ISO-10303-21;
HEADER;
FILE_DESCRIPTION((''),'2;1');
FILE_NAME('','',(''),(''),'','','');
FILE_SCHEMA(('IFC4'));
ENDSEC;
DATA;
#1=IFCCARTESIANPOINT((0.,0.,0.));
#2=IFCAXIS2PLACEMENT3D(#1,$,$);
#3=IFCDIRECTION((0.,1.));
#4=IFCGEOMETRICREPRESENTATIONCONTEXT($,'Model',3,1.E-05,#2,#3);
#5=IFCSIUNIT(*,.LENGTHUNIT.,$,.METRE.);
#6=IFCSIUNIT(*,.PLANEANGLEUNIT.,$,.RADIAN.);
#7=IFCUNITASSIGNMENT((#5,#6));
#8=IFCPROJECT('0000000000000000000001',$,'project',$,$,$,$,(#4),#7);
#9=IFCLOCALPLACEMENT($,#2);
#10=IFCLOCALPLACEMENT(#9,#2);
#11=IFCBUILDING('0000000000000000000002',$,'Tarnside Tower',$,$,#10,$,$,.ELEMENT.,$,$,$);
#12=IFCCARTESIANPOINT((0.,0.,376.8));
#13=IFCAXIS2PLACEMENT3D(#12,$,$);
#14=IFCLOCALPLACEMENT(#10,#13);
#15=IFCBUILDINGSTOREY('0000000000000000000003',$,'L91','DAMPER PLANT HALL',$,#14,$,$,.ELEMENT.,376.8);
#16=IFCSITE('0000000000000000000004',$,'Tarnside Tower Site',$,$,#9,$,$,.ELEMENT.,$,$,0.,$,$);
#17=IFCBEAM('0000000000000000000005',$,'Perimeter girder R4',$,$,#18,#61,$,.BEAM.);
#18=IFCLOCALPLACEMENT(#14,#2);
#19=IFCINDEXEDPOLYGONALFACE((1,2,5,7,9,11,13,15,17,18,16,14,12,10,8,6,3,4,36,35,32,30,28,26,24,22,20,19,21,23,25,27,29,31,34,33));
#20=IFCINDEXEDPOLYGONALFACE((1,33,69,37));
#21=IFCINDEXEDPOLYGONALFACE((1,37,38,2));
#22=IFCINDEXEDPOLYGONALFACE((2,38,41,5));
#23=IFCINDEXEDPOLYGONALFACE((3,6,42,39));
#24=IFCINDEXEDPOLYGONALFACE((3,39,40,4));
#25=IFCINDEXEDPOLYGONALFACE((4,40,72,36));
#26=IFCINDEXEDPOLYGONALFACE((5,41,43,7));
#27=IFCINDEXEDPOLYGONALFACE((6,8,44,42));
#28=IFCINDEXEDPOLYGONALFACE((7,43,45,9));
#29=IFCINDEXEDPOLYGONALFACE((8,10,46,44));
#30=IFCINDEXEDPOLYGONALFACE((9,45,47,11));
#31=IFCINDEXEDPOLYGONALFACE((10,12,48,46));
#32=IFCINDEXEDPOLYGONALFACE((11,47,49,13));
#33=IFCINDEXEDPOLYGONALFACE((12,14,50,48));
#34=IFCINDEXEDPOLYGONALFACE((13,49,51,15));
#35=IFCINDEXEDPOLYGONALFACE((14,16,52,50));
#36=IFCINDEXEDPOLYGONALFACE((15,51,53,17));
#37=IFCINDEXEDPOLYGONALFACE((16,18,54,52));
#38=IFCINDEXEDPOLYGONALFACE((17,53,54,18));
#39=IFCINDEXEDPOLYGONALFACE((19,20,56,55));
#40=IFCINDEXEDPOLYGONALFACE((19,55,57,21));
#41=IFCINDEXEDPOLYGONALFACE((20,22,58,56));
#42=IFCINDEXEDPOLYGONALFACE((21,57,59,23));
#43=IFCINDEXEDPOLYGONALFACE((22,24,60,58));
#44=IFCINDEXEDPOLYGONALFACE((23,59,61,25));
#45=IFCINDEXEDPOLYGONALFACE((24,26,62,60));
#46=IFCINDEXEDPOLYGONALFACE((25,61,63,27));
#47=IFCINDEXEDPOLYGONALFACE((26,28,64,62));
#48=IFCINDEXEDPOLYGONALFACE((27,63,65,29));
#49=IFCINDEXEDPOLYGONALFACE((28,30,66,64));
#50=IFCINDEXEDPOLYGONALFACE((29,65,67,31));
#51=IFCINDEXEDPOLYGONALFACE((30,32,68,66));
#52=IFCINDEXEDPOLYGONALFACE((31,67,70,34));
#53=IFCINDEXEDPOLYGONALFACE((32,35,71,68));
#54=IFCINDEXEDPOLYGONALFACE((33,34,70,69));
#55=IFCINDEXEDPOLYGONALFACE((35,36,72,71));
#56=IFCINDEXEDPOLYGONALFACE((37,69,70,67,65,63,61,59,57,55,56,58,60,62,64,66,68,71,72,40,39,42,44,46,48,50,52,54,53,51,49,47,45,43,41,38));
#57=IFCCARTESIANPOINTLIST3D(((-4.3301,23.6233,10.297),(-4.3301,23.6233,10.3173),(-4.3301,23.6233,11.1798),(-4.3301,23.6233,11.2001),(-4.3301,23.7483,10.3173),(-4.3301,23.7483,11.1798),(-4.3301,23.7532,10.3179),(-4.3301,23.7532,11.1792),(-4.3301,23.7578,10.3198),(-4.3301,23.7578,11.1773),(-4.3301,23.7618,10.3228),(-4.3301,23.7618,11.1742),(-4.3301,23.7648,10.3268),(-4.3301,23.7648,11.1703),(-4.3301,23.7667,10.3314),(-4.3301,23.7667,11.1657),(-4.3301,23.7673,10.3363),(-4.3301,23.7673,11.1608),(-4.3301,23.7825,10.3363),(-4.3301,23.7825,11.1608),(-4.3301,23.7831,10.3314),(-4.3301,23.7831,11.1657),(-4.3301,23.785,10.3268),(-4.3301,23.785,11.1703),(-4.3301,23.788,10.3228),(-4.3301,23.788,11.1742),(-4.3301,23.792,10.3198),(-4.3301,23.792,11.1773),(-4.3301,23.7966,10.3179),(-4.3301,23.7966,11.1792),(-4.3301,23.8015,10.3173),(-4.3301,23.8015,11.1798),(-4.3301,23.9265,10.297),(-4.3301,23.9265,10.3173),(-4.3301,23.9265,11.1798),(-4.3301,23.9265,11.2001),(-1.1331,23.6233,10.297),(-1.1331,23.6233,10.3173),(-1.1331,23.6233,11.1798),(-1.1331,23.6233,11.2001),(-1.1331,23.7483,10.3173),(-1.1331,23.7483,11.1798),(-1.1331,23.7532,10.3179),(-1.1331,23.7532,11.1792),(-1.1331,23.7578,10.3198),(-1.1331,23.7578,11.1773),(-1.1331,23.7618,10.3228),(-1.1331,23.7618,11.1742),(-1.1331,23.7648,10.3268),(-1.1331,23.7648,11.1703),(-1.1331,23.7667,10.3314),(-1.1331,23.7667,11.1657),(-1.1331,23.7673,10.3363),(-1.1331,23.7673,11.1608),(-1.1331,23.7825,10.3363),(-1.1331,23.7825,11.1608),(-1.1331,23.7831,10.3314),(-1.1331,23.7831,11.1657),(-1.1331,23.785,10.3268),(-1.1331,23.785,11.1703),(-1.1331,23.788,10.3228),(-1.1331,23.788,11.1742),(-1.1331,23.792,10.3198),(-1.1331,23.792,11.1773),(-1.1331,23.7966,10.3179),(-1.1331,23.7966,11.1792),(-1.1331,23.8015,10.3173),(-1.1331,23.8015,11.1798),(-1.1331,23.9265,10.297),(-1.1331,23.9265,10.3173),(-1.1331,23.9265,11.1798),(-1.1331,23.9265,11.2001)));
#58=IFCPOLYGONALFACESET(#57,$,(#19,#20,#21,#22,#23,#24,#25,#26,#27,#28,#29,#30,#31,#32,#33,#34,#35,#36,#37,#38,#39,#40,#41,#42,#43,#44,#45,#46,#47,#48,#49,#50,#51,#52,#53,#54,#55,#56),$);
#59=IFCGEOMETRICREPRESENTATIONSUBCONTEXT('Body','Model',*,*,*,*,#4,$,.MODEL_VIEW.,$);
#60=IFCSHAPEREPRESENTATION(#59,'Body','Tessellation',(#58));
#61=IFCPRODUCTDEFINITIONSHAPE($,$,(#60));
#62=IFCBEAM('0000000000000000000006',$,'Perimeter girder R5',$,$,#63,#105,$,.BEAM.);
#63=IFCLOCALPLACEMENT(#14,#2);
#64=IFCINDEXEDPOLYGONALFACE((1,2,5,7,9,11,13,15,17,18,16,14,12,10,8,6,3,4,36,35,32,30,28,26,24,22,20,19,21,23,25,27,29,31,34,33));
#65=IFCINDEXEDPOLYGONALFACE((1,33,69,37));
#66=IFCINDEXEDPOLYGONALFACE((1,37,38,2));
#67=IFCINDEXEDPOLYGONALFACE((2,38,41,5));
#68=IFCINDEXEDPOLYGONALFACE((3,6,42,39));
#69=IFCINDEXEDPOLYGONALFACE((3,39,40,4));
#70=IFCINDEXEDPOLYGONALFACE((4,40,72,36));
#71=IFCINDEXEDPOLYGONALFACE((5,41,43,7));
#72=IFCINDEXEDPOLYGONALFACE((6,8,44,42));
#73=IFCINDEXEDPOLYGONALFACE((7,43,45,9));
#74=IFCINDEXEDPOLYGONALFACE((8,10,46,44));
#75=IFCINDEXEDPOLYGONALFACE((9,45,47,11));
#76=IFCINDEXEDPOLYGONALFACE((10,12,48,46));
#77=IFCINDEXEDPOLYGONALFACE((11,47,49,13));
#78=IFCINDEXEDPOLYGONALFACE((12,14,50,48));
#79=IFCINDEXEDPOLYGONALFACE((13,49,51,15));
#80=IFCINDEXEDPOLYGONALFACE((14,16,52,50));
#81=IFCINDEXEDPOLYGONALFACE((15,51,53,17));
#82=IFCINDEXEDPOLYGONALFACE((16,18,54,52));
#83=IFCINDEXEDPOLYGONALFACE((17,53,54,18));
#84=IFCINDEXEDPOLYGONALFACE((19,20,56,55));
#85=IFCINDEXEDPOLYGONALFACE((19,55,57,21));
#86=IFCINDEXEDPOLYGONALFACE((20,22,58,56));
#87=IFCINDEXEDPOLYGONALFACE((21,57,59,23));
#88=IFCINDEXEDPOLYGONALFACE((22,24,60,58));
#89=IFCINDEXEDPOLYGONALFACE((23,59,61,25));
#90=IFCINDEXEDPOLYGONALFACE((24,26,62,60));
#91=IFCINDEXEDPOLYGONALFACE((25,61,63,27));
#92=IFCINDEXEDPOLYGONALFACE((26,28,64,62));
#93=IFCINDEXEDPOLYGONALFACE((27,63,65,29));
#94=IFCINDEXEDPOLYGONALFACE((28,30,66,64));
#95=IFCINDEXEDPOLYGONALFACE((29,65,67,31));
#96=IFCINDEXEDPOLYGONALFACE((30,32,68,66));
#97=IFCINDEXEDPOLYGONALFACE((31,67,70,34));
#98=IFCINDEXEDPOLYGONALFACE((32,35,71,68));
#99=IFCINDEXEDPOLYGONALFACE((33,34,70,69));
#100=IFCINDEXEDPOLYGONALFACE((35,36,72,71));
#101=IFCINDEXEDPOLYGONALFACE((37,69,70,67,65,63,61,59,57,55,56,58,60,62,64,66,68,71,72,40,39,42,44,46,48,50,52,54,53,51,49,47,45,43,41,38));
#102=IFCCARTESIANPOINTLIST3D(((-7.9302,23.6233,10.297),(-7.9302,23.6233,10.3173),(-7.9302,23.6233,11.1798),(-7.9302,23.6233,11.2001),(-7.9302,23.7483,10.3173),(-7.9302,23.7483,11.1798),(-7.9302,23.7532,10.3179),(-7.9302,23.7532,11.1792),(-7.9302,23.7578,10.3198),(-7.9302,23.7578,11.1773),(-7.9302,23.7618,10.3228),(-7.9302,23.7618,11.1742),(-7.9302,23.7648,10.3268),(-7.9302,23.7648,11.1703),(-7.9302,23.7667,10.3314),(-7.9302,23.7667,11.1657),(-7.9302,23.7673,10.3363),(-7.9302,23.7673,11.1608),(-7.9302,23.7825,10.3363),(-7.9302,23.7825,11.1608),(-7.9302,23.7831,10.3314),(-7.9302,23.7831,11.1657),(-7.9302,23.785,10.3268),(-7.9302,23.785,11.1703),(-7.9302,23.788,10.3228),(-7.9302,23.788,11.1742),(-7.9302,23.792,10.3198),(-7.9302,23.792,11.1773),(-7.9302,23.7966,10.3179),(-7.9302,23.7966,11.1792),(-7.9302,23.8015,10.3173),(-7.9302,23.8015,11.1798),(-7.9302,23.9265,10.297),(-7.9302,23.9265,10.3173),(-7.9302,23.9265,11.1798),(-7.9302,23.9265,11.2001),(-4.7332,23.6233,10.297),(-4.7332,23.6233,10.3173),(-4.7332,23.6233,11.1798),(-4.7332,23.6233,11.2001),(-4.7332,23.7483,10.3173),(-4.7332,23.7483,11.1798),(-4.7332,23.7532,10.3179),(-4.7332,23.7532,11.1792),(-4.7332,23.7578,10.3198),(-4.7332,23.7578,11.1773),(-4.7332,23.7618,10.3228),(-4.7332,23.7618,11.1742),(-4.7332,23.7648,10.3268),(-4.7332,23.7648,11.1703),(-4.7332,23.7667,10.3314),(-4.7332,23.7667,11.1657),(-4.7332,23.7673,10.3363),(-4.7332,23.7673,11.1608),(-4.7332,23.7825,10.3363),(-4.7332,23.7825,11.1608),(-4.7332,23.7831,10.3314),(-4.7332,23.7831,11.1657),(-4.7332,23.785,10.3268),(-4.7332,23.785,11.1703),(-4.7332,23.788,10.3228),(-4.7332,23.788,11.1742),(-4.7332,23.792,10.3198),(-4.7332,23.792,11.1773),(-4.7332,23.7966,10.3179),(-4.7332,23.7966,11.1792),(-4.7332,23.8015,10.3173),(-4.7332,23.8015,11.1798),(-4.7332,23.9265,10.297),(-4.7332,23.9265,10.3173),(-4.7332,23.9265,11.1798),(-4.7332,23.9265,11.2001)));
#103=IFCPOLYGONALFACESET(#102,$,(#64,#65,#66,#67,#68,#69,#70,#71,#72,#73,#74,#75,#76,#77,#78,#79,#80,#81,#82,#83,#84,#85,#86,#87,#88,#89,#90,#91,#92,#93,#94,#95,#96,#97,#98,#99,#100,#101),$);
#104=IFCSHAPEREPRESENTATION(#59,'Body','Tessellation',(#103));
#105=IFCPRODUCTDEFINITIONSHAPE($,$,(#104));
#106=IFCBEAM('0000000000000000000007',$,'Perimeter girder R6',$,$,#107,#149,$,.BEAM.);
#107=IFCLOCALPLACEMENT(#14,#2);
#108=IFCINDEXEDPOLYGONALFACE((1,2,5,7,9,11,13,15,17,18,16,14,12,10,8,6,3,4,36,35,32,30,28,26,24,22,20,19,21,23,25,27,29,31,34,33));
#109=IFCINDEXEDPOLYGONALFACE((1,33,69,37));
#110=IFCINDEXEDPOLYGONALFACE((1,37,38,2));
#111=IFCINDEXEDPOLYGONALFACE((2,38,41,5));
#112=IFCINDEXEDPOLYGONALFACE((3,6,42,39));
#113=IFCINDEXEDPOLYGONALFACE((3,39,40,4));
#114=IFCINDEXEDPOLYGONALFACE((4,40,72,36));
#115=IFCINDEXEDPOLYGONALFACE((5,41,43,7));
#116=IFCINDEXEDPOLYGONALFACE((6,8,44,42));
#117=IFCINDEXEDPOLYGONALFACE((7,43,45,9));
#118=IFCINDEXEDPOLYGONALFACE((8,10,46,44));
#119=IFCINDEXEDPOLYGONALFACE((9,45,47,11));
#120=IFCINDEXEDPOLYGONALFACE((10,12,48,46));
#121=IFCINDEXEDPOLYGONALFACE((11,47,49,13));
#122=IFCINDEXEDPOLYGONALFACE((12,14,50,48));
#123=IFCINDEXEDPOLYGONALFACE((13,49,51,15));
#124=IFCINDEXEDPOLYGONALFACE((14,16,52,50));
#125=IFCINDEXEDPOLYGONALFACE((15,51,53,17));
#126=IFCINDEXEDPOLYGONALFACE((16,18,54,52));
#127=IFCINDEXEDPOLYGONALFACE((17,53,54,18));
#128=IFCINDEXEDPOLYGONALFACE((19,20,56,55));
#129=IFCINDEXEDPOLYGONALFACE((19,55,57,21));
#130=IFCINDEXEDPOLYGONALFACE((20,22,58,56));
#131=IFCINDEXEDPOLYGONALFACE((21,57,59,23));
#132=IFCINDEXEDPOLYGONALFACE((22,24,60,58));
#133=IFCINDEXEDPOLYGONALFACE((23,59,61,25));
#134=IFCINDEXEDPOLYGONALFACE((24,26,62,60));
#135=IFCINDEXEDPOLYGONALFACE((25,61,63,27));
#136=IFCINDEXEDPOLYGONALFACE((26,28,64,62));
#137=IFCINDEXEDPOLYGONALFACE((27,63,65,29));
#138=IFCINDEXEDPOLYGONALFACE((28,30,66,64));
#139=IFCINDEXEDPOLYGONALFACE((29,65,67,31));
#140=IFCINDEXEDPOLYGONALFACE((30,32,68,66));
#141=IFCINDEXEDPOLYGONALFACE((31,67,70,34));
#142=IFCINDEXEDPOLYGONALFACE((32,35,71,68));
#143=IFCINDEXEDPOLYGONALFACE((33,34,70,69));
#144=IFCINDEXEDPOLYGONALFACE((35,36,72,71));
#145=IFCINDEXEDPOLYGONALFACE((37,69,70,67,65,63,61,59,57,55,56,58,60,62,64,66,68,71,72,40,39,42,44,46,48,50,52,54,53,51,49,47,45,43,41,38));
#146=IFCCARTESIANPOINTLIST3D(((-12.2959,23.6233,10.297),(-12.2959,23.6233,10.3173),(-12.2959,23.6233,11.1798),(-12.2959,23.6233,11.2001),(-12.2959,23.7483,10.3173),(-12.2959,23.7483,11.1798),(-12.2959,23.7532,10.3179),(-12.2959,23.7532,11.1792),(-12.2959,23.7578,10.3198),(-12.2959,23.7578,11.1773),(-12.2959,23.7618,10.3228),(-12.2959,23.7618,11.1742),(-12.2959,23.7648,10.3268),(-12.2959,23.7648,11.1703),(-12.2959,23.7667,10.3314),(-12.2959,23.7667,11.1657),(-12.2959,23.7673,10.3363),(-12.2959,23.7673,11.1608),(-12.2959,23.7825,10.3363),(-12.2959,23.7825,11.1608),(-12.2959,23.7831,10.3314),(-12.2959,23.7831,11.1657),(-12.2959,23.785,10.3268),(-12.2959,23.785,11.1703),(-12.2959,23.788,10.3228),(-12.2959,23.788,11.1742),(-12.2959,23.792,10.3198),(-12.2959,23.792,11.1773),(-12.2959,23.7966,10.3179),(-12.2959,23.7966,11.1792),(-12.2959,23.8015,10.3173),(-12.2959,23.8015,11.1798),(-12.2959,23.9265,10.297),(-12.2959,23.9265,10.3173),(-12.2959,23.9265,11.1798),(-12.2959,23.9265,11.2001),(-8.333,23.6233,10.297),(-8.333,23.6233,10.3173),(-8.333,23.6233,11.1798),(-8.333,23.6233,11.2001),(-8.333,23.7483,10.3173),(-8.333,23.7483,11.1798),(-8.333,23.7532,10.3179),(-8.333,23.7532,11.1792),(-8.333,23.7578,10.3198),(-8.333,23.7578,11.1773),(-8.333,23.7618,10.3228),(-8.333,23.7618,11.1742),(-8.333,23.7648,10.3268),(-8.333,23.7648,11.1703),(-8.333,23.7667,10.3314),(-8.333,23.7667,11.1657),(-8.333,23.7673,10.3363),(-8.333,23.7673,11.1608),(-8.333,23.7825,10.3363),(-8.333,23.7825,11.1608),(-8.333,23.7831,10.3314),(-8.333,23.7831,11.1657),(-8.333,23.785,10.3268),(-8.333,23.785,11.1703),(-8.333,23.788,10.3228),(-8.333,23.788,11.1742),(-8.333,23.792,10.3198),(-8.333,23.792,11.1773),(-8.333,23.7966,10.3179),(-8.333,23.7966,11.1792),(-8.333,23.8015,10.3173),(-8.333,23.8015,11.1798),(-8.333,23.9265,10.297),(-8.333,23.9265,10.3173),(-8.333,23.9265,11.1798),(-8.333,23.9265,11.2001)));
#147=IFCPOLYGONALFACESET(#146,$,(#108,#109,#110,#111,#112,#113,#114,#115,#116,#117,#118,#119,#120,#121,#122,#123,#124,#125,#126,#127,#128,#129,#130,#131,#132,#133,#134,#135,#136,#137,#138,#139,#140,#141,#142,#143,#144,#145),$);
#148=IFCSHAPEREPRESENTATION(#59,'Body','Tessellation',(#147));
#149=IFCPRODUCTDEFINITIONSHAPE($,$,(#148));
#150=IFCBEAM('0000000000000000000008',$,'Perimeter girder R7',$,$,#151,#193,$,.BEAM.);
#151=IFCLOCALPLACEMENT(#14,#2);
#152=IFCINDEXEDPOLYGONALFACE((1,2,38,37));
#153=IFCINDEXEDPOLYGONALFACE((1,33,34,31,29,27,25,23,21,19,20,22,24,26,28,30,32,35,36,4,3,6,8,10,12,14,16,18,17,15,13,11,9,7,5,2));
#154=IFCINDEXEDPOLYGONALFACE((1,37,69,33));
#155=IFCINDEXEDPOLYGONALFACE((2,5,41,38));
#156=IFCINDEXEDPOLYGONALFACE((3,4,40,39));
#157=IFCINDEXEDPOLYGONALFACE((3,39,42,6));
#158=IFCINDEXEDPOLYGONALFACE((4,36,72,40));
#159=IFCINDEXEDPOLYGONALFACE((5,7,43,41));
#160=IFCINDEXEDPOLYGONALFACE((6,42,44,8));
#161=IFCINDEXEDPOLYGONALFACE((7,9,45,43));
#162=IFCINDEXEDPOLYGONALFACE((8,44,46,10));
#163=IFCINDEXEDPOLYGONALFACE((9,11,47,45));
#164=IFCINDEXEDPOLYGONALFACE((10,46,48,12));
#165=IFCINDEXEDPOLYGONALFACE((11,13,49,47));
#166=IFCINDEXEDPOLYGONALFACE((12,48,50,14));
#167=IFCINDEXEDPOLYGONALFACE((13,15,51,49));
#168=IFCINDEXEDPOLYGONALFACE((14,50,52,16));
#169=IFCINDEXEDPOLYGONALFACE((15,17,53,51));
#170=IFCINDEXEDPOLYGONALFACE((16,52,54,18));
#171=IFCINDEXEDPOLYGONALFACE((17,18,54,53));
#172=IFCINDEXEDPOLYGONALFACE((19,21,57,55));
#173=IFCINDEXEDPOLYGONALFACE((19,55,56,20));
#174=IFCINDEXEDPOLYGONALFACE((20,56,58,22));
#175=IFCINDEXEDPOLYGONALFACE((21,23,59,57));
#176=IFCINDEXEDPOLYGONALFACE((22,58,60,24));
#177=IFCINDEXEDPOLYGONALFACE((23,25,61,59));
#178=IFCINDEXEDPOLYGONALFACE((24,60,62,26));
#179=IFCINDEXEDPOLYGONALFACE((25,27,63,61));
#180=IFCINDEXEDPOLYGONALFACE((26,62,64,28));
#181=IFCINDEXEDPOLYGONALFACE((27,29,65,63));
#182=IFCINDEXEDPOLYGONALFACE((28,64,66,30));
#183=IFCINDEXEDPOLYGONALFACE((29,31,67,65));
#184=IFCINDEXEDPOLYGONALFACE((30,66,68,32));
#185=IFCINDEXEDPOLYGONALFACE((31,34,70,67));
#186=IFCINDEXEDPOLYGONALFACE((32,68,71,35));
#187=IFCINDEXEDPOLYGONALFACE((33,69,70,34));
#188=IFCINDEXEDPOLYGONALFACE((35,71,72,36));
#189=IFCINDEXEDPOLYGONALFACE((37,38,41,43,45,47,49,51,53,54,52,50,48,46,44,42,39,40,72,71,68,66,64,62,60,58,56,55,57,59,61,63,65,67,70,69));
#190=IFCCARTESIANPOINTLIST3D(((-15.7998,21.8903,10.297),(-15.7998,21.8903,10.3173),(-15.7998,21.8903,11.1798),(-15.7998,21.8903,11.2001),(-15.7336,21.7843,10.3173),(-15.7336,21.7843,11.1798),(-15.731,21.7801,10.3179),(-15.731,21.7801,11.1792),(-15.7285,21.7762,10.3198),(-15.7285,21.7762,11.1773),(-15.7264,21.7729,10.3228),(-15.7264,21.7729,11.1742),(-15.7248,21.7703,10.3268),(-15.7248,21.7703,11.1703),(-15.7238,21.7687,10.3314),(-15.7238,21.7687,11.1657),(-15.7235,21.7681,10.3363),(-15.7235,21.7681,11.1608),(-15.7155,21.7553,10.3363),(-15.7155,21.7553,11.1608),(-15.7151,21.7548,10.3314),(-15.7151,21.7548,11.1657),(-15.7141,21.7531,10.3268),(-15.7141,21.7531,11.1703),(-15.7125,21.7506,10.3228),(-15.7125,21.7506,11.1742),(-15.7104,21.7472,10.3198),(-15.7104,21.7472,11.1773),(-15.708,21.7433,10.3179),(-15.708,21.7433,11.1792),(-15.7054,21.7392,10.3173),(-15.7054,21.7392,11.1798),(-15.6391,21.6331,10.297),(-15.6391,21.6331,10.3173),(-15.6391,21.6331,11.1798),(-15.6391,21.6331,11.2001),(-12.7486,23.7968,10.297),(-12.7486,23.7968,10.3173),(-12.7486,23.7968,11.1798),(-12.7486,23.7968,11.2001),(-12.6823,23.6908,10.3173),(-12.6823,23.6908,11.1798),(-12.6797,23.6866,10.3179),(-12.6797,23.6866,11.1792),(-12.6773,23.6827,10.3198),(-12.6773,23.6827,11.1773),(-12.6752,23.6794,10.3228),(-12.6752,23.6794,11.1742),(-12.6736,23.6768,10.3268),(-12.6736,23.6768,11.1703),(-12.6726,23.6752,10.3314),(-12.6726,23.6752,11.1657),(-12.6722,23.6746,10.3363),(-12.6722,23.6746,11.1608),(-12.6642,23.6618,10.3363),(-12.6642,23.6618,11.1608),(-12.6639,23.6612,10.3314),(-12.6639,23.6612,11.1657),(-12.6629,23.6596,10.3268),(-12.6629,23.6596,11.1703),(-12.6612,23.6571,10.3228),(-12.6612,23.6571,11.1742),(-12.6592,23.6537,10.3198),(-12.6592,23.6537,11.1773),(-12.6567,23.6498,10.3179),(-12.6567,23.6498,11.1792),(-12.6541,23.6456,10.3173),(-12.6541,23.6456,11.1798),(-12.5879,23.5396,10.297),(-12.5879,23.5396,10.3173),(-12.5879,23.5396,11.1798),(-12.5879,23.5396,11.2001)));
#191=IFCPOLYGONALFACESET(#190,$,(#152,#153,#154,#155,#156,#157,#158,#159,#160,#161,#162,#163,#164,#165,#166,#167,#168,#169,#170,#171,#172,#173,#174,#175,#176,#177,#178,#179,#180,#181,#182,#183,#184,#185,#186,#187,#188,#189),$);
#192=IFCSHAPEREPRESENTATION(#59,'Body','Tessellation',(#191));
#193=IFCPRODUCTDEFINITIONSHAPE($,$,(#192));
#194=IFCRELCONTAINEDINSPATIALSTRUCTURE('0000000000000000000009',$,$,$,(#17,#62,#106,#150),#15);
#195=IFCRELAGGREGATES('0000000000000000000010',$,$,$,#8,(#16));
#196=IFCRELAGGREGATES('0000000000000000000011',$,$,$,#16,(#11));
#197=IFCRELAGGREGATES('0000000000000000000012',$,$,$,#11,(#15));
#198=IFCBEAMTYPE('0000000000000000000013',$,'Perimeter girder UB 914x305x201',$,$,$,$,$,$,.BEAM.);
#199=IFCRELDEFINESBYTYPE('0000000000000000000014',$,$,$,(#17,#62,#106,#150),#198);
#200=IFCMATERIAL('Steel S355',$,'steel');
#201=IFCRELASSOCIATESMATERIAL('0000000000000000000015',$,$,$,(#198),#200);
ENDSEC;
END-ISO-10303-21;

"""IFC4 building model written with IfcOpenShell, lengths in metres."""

from ifc_helpers import new_model, si_unit, direction, frame, origin, origin_2d, place, context, subcontext, project, spatial, i_section, extrude, material, material_profile, profile_set, type_object, element, save


model = new_model("IFC4")

# Units and contexts
model_context = context("Model", 3, precision=1e-05, world=origin(), true_north=direction((0.0, 1.0)))
body_context = subcontext(model_context, "Body", "Model", "MODEL_VIEW")
ifc_project = project(units=[si_unit("LENGTHUNIT", "METRE"), si_unit("PLANEANGLEUNIT", "RADIAN")], contexts=[model_context])

# Site, building, storey
site_placement = place(None, origin())
site = spatial("IfcSite", under=ifc_project, at=site_placement, Name="Tarnside Tower Site", CompositionType="ELEMENT", RefElevation=0.0)
building_placement = place(site_placement, origin())
building = spatial("IfcBuilding", under=site, at=building_placement, Name="Tarnside Tower", CompositionType="ELEMENT")
storey_placement = place(building_placement, frame((0.0, 0.0, 376.8)))
storey = spatial("IfcBuildingStorey", under=building, at=storey_placement, Name="L91", Description="DAMPER PLANT HALL", CompositionType="ELEMENT", Elevation=376.8)

# Shared definitions
ifc_material_1 = material(Name="Steel S355", Category="steel")

# Beams
ifc_material_profile_1 = material_profile(ifc_material_1, i_section(OverallWidth=0.3032, OverallDepth=0.9031, WebThickness=0.0151, FlangeThickness=0.0203, FilletRadius=0.019, at=origin_2d()), Name="UB 914x305x201")
ifc_profile_set_1 = profile_set([ifc_material_profile_1], Name="Steel S355")
beam_type_1 = type_object("IfcBeamType", Name="Perimeter girder UB 914x305x201", PredefinedType="BEAM", material=ifc_profile_set_1)
for number, where, z_axis, x_axis, name in (
    (1, (-1.1331, 23.7749, 10.7485), (-1.0, 0.0, 0.0), (0.0, -1.0, 0.0), "Perimeter girder R4"),
    (2, (-4.7332, 23.7749, 10.7485), (-1.0, 0.0, 0.0), (0.0, -1.0, 0.0), "Perimeter girder R5"),
):
    element("IfcBeam", number, at=place(storey_placement, frame(where, z_axis=z_axis, x_axis=x_axis)), inside=storey, type_object=beam_type_1, Name=name, PredefinedType="BEAM", context=body_context, shape_type="SweptSolid", body=[
        extrude(i_section(OverallWidth=0.3032, OverallDepth=0.9031, WebThickness=0.0151, FlangeThickness=0.0203, FilletRadius=0.019, at=origin_2d()), origin(), (0.0, 0.0, 1.0), 3.197),
    ])
beam_1_placement = place(storey_placement, frame((-8.333, 23.7749, 10.7485), z_axis=(-1.0, 0.0, 0.0), x_axis=(0.0, -1.0, 0.0)))
element("IfcBeam", 3, at=beam_1_placement, inside=storey, type_object=beam_type_1, Name="Perimeter girder R6", PredefinedType="BEAM", context=body_context, shape_type="SweptSolid", body=[
    extrude(i_section(OverallWidth=0.3032, OverallDepth=0.9031, WebThickness=0.0151, FlangeThickness=0.0203, FilletRadius=0.019, at=origin_2d()), origin(), (0.0, 0.0, 1.0), 3.9629),
])
beam_2_placement = place(storey_placement, frame((-12.6682, 23.6682, 10.7485), z_axis=(-0.848067, -0.529889, 0.0), x_axis=(0.529889, -0.848067, 0.0)))
element("IfcBeam", 4, at=beam_2_placement, inside=storey, type_object=beam_type_1, Name="Perimeter girder R7", PredefinedType="BEAM", context=body_context, shape_type="SweptSolid", body=[
    extrude(i_section(OverallWidth=0.3032, OverallDepth=0.9031, WebThickness=0.0151, FlangeThickness=0.0203, FilletRadius=0.019, at=origin_2d()), origin(), (0.0, 0.0, 1.0), 3.5979),
])

save(model, "model.ifc")
